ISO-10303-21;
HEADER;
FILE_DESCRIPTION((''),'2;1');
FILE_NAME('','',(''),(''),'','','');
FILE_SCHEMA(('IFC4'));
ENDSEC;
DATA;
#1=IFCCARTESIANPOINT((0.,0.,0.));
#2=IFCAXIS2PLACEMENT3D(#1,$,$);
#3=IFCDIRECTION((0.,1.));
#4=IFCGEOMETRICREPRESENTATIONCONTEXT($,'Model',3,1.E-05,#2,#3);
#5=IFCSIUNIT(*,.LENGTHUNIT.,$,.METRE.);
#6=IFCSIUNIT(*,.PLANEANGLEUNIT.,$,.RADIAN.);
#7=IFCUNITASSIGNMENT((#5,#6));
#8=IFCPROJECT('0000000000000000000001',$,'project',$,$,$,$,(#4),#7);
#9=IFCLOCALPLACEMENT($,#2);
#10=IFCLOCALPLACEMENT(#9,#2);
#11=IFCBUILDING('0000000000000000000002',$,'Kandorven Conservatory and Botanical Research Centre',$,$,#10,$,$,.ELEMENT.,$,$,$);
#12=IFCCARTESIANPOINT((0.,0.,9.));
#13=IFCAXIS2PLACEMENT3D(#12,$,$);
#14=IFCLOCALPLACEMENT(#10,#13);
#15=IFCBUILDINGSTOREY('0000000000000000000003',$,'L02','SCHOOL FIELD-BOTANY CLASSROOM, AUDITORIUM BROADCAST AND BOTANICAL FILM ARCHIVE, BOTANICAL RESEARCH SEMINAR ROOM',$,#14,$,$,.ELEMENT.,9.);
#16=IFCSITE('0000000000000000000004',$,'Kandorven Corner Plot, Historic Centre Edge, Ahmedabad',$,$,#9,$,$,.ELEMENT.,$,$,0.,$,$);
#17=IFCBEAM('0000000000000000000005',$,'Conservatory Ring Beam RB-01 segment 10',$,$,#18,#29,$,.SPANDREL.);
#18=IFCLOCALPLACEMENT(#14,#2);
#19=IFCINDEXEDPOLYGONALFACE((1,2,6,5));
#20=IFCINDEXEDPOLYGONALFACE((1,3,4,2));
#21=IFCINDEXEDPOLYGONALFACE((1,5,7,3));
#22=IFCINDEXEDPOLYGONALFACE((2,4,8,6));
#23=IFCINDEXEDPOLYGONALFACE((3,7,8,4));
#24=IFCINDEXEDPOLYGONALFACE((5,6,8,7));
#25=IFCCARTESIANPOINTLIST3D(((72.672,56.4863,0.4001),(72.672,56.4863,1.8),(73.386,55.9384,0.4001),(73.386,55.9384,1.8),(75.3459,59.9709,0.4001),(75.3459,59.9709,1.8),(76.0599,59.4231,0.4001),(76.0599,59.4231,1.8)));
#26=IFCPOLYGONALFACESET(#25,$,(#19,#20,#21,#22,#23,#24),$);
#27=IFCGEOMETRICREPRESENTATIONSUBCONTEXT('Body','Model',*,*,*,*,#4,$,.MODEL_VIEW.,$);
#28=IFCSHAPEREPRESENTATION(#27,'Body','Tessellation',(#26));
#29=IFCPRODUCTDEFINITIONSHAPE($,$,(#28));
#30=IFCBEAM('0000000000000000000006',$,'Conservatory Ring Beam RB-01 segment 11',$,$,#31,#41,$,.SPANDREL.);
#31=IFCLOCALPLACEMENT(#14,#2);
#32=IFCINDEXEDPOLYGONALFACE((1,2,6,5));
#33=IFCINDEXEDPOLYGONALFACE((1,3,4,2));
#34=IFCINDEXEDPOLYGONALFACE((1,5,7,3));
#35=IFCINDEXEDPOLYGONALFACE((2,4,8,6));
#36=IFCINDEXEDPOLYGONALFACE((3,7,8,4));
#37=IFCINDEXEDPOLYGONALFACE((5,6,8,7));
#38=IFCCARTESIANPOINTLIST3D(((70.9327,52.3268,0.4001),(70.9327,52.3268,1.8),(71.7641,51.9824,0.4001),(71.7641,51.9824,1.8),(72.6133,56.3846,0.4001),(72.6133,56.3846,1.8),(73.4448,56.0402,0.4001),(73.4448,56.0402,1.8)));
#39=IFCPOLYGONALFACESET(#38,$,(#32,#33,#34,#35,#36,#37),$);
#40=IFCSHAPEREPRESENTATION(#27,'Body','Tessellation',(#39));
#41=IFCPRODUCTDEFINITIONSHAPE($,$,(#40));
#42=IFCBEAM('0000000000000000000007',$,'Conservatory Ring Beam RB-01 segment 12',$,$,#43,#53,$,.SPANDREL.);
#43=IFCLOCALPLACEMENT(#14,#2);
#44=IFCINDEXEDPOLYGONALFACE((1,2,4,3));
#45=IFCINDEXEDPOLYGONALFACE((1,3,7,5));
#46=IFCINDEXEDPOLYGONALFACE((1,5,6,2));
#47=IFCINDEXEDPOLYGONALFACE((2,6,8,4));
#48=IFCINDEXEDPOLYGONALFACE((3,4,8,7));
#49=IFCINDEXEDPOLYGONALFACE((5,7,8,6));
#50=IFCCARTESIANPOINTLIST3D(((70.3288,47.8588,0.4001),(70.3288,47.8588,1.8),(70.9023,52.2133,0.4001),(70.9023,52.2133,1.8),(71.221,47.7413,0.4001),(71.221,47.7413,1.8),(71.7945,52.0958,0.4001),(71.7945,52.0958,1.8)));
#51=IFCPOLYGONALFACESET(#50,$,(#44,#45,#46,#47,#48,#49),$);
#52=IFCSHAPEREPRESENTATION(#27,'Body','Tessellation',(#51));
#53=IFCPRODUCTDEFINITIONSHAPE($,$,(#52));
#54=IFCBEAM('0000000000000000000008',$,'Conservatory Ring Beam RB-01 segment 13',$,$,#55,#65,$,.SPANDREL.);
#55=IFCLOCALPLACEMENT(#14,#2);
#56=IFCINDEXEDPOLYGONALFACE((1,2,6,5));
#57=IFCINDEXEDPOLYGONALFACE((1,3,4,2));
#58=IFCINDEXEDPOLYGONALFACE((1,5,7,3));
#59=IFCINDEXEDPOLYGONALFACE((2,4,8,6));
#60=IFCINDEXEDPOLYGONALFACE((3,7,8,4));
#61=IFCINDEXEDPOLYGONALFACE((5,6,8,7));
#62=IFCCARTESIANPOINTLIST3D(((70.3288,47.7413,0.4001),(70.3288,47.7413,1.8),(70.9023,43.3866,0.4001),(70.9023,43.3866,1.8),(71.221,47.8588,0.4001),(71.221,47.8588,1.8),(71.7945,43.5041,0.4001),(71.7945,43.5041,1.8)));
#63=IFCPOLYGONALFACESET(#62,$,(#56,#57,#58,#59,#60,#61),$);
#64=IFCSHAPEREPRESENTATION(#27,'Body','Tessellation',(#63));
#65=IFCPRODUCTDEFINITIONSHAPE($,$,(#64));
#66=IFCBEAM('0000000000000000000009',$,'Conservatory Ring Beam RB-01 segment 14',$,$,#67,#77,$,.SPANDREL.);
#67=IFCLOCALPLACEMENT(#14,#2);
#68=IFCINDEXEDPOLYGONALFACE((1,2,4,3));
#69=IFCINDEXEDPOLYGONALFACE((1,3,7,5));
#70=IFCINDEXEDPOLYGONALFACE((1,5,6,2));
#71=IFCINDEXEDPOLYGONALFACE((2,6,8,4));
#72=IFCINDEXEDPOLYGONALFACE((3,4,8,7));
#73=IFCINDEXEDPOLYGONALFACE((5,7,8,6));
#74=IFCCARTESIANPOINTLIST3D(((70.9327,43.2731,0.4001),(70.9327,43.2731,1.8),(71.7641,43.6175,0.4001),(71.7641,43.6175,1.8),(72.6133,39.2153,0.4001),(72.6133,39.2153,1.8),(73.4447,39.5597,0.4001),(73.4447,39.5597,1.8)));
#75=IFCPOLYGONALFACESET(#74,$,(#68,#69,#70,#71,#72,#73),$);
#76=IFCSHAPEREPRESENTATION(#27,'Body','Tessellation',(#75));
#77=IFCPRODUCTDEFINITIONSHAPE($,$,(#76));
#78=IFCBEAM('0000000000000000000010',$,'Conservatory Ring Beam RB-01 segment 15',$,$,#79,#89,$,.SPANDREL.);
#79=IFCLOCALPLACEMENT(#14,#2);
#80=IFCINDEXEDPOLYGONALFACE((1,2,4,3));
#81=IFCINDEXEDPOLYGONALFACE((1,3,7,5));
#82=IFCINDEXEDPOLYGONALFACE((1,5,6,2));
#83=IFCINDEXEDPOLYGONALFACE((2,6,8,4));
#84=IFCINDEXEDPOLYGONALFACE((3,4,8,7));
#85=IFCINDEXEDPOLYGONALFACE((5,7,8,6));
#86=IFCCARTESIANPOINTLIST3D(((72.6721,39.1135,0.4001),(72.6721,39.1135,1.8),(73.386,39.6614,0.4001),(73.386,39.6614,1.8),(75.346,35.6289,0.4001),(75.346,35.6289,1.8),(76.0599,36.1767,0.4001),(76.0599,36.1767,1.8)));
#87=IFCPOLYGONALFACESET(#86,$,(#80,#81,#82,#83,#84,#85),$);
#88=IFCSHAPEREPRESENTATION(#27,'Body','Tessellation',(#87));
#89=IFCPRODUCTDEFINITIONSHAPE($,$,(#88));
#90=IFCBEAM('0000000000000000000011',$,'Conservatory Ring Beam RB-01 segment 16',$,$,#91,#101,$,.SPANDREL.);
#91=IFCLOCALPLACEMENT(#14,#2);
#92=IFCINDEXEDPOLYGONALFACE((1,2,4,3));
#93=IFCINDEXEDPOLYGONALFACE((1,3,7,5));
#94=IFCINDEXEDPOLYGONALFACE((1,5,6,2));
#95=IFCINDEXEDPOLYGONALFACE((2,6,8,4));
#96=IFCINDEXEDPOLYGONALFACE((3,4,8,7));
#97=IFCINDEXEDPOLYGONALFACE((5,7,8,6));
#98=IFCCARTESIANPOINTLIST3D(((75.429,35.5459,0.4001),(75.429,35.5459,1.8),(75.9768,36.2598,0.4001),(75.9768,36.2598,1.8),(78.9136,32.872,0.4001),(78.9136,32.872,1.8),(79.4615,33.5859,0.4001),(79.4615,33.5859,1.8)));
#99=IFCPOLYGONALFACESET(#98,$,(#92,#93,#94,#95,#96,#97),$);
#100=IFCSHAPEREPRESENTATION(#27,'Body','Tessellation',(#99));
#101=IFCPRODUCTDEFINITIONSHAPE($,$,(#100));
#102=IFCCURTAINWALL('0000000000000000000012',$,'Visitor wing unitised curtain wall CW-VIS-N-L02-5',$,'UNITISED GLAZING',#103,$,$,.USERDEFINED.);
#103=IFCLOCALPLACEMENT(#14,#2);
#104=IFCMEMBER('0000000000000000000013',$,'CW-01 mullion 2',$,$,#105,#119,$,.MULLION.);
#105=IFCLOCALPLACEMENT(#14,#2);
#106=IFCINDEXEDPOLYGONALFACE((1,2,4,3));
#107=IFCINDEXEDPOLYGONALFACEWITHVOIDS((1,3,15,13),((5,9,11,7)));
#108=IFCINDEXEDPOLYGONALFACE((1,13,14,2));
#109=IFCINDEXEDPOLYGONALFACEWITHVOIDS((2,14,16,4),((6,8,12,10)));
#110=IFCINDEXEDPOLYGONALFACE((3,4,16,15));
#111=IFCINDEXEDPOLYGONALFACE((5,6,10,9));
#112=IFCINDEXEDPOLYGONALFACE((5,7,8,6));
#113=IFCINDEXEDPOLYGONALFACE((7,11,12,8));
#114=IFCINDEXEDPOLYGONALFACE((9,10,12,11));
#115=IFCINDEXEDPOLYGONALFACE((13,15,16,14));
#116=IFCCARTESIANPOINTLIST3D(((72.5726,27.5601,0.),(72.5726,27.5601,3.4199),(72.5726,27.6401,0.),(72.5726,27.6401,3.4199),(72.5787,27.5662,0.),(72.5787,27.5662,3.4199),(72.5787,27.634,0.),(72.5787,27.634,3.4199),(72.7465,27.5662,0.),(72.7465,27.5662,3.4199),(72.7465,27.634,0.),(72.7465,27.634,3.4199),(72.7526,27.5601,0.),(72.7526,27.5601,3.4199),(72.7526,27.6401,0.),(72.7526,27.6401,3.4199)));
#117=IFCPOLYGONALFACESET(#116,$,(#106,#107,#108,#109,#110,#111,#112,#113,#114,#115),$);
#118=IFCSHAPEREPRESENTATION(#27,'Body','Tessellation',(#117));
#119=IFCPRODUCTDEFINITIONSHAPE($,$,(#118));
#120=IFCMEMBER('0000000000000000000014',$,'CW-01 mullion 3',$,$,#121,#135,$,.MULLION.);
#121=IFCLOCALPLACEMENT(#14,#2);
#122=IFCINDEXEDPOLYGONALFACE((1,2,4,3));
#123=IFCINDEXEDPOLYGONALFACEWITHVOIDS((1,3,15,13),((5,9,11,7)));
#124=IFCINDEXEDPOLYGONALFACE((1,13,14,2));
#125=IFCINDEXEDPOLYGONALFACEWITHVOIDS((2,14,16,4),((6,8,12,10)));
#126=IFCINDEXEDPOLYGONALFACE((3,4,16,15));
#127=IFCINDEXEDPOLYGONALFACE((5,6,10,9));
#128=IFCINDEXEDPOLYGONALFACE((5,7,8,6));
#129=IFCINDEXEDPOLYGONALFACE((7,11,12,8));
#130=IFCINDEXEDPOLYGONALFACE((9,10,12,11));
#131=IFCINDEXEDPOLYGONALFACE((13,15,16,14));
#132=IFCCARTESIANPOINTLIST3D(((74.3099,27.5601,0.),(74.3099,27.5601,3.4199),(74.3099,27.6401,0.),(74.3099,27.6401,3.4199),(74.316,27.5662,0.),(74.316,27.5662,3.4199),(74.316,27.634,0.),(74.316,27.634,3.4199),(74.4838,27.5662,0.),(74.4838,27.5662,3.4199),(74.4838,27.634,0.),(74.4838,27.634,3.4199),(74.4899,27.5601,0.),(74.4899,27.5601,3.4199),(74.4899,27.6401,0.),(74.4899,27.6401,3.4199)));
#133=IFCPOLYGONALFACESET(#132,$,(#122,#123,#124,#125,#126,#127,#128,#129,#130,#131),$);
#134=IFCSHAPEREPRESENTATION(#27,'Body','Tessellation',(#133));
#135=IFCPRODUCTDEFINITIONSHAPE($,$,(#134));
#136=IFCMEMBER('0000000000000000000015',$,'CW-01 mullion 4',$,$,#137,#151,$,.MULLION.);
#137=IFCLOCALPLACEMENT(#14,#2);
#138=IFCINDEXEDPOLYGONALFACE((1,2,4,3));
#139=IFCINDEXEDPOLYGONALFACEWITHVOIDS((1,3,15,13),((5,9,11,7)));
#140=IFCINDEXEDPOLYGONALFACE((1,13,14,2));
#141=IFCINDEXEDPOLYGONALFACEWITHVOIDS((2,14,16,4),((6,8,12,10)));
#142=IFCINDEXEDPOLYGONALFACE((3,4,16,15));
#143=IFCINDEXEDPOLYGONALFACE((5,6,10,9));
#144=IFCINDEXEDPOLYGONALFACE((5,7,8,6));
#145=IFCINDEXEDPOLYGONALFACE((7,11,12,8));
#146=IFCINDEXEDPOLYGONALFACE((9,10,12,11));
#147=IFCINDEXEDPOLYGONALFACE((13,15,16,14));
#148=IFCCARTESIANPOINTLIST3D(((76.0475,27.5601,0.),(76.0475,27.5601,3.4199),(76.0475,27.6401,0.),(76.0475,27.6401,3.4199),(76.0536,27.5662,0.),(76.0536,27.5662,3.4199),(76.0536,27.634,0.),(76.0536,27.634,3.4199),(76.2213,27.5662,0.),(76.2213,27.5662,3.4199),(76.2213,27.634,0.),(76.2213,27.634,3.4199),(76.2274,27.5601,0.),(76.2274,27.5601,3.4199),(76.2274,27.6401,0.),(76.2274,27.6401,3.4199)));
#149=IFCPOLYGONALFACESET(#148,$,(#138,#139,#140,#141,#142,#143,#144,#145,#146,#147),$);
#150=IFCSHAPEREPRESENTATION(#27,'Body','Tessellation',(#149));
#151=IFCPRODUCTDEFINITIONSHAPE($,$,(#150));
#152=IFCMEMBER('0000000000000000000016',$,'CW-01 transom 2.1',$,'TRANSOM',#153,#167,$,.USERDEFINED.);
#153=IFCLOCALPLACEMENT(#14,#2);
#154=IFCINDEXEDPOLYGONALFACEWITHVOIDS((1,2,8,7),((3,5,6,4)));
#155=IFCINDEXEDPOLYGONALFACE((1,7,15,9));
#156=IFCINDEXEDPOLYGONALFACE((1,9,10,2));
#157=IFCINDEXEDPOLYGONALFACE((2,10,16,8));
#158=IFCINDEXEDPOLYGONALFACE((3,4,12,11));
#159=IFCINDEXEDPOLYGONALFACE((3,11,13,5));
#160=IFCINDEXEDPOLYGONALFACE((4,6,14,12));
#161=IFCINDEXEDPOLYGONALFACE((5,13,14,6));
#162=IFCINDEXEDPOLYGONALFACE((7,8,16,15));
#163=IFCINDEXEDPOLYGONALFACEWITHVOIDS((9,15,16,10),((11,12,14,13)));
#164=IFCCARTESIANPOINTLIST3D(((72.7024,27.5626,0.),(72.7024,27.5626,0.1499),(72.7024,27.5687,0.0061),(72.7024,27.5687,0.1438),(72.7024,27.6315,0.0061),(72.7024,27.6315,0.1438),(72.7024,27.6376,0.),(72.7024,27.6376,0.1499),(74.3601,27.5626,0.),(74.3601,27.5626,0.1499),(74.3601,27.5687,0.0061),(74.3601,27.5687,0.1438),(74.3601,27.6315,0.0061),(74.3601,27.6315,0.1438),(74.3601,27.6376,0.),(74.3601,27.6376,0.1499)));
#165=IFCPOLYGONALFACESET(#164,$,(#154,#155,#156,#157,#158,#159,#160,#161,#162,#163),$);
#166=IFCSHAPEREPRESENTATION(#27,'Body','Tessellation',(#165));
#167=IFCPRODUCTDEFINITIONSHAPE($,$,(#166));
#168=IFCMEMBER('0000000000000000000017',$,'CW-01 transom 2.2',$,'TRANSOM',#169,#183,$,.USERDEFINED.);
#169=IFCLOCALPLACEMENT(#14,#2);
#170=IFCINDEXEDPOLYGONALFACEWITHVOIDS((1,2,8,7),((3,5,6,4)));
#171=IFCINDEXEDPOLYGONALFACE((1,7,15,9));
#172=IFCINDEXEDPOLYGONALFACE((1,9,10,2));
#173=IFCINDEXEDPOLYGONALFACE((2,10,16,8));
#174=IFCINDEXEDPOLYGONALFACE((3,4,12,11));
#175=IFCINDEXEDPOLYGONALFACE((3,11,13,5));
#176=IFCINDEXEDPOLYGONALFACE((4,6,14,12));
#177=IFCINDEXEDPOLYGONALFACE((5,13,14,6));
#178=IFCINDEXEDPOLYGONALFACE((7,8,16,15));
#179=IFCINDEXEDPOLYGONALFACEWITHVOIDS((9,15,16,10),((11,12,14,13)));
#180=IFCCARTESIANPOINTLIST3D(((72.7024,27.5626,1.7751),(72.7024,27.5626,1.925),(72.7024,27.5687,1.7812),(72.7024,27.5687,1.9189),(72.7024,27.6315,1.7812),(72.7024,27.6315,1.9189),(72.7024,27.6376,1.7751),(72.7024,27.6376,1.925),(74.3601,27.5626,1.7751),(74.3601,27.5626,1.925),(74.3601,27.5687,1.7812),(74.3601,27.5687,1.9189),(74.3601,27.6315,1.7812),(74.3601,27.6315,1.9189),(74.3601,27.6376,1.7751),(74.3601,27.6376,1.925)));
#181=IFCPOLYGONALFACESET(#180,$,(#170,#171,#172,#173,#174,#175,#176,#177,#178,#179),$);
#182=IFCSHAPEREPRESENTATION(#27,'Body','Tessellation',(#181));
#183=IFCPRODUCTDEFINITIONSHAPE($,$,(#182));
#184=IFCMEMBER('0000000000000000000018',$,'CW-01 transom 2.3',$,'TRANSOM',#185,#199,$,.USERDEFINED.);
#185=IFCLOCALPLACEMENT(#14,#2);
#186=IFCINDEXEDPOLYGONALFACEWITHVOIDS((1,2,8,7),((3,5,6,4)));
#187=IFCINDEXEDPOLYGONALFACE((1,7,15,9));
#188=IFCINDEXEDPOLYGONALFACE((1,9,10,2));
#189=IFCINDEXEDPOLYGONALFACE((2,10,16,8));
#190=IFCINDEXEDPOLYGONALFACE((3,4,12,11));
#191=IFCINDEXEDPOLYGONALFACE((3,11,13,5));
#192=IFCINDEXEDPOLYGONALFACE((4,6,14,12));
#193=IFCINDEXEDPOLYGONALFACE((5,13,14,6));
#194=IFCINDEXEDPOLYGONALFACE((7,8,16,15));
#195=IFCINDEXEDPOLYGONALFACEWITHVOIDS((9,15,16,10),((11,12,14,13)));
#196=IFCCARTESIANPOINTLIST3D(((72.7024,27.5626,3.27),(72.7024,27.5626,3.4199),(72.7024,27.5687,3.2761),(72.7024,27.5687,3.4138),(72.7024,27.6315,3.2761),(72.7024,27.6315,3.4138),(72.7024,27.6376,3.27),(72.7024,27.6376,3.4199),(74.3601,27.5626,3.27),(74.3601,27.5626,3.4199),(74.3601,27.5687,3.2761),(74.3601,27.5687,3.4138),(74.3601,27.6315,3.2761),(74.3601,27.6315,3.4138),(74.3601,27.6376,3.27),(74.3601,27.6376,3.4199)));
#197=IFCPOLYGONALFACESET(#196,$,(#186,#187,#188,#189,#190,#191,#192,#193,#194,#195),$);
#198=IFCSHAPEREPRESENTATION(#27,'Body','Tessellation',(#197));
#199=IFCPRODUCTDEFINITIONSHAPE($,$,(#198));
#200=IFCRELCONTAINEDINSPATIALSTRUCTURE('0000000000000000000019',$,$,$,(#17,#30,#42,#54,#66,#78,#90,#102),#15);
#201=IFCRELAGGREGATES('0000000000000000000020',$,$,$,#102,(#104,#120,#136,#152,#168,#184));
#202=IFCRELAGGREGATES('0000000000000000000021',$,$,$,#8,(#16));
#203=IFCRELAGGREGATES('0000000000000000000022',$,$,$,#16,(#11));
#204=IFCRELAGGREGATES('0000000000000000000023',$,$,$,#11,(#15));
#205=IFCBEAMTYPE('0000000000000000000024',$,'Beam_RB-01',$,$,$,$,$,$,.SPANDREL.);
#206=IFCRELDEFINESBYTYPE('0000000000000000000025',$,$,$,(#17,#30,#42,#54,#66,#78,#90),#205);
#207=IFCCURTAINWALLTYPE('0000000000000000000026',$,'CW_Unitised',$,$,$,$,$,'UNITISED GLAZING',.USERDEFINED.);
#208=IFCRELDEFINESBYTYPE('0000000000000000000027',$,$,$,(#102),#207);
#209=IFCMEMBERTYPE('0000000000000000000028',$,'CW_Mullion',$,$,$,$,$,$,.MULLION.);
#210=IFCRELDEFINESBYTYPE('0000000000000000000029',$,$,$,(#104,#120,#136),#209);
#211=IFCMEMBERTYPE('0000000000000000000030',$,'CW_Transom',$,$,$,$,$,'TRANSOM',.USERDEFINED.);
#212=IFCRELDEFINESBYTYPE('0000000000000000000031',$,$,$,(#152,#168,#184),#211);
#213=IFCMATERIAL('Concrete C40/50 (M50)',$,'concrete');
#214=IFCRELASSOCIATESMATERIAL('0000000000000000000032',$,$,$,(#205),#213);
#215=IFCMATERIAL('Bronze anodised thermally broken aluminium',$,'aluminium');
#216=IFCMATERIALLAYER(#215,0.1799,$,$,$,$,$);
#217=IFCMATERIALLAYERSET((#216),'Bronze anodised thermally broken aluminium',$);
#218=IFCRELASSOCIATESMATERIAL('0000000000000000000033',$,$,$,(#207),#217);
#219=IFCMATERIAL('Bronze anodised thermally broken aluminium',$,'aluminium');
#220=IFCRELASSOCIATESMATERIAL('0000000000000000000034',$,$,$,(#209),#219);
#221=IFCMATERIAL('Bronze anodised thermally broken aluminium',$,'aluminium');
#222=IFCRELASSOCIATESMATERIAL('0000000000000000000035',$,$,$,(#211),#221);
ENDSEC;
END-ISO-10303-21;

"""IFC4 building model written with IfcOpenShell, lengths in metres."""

from ifc_helpers import new_model, si_unit, direction, frame, origin, origin_2d, place, context, subcontext, project, spatial, rectangle, hollow_rectangle, extrude, material, layer, layer_set, material_profile, profile_set, type_object, element, aggregate, save


model = new_model("IFC4")

# Units and contexts
model_context = context("Model", 3, precision=1e-05, world=origin(), true_north=direction((0.0, 1.0)))
body_context = subcontext(model_context, "Body", "Model", "MODEL_VIEW")
ifc_project = project(units=[si_unit("LENGTHUNIT", "METRE"), si_unit("PLANEANGLEUNIT", "RADIAN")], contexts=[model_context])

# Site, building, storey
site_placement = place(None, origin())
site = spatial("IfcSite", under=ifc_project, at=site_placement, Name="Kandorven Corner Plot, Historic Centre Edge, Ahmedabad", CompositionType="ELEMENT", RefElevation=0.0)
building_placement = place(site_placement, origin())
building = spatial("IfcBuilding", under=site, at=building_placement, Name="Kandorven Conservatory and Botanical Research Centre", CompositionType="ELEMENT")
storey_placement = place(building_placement, frame((0.0, 0.0, 9.0)))
storey = spatial("IfcBuildingStorey", under=building, at=storey_placement, Name="L02", Description="SCHOOL FIELD-BOTANY CLASSROOM, AUDITORIUM BROADCAST AND BOTANICAL FILM ARCHIVE, BOTANICAL RESEARCH SEMINAR ROOM", CompositionType="ELEMENT", Elevation=9.0)

# Beams
ifc_material_1 = material(Name="Concrete C40/50 (M50)", Category="concrete")
ifc_material_profile_1 = material_profile(ifc_material_1, rectangle(XDim=0.8999, YDim=1.3999, at=origin_2d()))
ifc_profile_set_1 = profile_set([ifc_material_profile_1], Name="Concrete C40/50 (M50)")
beam_type = type_object("IfcBeamType", Name="Beam_RB-01", PredefinedType="SPANDREL", material=ifc_profile_set_1)
beam_1_placement = place(storey_placement, frame((75.7029, 59.697, 1.1001), z_axis=(-0.608759, -0.793355, 0.0), x_axis=(0.793355, -0.608759, 0.0)))
element("IfcBeam", 1, at=beam_1_placement, inside=storey, type_object=beam_type, Name="Conservatory Ring Beam RB-01 segment 10", PredefinedType="SPANDREL", context=body_context, shape_type="SweptSolid", body=[
    extrude(rectangle(XDim=0.8999, YDim=1.3999, at=origin_2d()), origin(), (0.0, 0.0, 1.0), 4.3923),
])
for number, where, z_axis, x_axis, name in (
    (2, (73.0291, 56.2124, 1.1001), (-0.382653, -0.923892, 0.0), (0.923892, -0.382653, 0.0), "Conservatory Ring Beam RB-01 segment 11"),
    (3, (71.3484, 52.1545, 1.1001), (-0.130572, -0.991439, 0.0), (0.991439, -0.130572, 0.0), "Conservatory Ring Beam RB-01 segment 12"),
):
    element("IfcBeam", number, at=place(storey_placement, frame(where, z_axis=z_axis, x_axis=x_axis)), inside=storey, type_object=beam_type, Name=name, PredefinedType="SPANDREL", context=body_context, shape_type="SweptSolid", body=[
        extrude(rectangle(XDim=0.8999, YDim=1.3999, at=origin_2d()), origin(), (0.0, 0.0, 1.0), 4.3921),
    ])
beam_2_placement = place(storey_placement, frame((70.7749, 47.8, 1.1001), z_axis=(0.130565, -0.99144, 0.0), x_axis=(0.99144, 0.130565, 0.0)))
element("IfcBeam", 4, at=beam_2_placement, inside=storey, type_object=beam_type, Name="Conservatory Ring Beam RB-01 segment 13", PredefinedType="SPANDREL", context=body_context, shape_type="SweptSolid", body=[
    extrude(rectangle(XDim=0.8999, YDim=1.3999, at=origin_2d()), origin(), (0.0, 0.0, 1.0), 4.3923),
])
beam_3_placement = place(storey_placement, frame((71.3484, 43.4453, 1.1001), z_axis=(0.382653, -0.923892, 0.0), x_axis=(0.923892, 0.382653, 0.0)))
element("IfcBeam", 5, at=beam_3_placement, inside=storey, type_object=beam_type, Name="Conservatory Ring Beam RB-01 segment 14", PredefinedType="SPANDREL", context=body_context, shape_type="SweptSolid", body=[
    extrude(rectangle(XDim=0.8999, YDim=1.3999, at=origin_2d()), origin(), (0.0, 0.0, 1.0), 4.3921),
])
for number, where, z_axis, x_axis, name in (
    (6, (73.0291, 39.3875, 1.1001), (0.608759, -0.793355, 0.0), (0.793355, 0.608759, 0.0), "Conservatory Ring Beam RB-01 segment 15"),
    (7, (75.7029, 35.9028, 1.1001), (0.793355, -0.608759, 0.0), (0.608759, 0.793355, 0.0), "Conservatory Ring Beam RB-01 segment 16"),
):
    element("IfcBeam", number, at=place(storey_placement, frame(where, z_axis=z_axis, x_axis=x_axis)), inside=storey, type_object=beam_type, Name=name, PredefinedType="SPANDREL", context=body_context, shape_type="SweptSolid", body=[
        extrude(rectangle(XDim=0.8999, YDim=1.3999, at=origin_2d()), origin(), (0.0, 0.0, 1.0), 4.3923),
    ])

# Curtain wall, members
ifc_material_2 = material(Name="Bronze anodised thermally broken aluminium", Category="aluminium")
ifc_layer_1 = layer(ifc_material_2, 0.1799)
ifc_layer_set_1 = layer_set([ifc_layer_1], Name="Bronze anodised thermally broken aluminium")
curtain_wall_type = type_object("IfcCurtainWallType", Name="CW_Unitised", ElementType="UNITISED GLAZING", PredefinedType="USERDEFINED", material=ifc_layer_set_1)
curtain_wall_placement = place(storey_placement, origin())
curtain_wall = element("IfcCurtainWall", 8, at=curtain_wall_placement, inside=storey, type_object=curtain_wall_type, Name="Visitor wing unitised curtain wall CW-VIS-N-L02-5", ObjectType="UNITISED GLAZING", PredefinedType="USERDEFINED")
ifc_material_3 = material(Name="Bronze anodised thermally broken aluminium", Category="aluminium")
ifc_material_profile_2 = material_profile(ifc_material_3, hollow_rectangle(XDim=0.0801, YDim=0.1799, WallThickness=0.0061, at=origin_2d()))
ifc_profile_set_2 = profile_set([ifc_material_profile_2], Name="Bronze anodised thermally broken aluminium")
member_type_1 = type_object("IfcMemberType", Name="CW_Mullion", PredefinedType="MULLION", material=ifc_profile_set_2)
member_1_placement = place(storey_placement, frame((72.6626, 27.6001, 0.0), z_axis=(0.0, 0.0, 1.0), x_axis=(0.0, 1.0, 0.0)))
member_1 = element("IfcMember", 9, at=member_1_placement, type_object=member_type_1, Name="CW-01 mullion 2", PredefinedType="MULLION", context=body_context, shape_type="SweptSolid", body=[
    extrude(hollow_rectangle(XDim=0.0801, YDim=0.1799, WallThickness=0.0061, at=origin_2d()), origin(), (0.0, 0.0, 1.0), 3.4199),
])
member_2_placement = place(storey_placement, frame((74.3999, 27.6001, 0.0), z_axis=(0.0, 0.0, 1.0), x_axis=(0.0, 1.0, 0.0)))
member_2 = element("IfcMember", 10, at=member_2_placement, type_object=member_type_1, Name="CW-01 mullion 3", PredefinedType="MULLION", context=body_context, shape_type="SweptSolid", body=[
    extrude(hollow_rectangle(XDim=0.0801, YDim=0.1799, WallThickness=0.0061, at=origin_2d()), origin(), (0.0, 0.0, 1.0), 3.4199),
])
member_3_placement = place(storey_placement, frame((76.1375, 27.6001, 0.0), z_axis=(0.0, 0.0, 1.0), x_axis=(0.0, 1.0, 0.0)))
member_3 = element("IfcMember", 11, at=member_3_placement, type_object=member_type_1, Name="CW-01 mullion 4", PredefinedType="MULLION", context=body_context, shape_type="SweptSolid", body=[
    extrude(hollow_rectangle(XDim=0.0801, YDim=0.1799, WallThickness=0.0061, at=origin_2d()), origin(), (0.0, 0.0, 1.0), 3.4199),
])
ifc_material_4 = material(Name="Bronze anodised thermally broken aluminium", Category="aluminium")
ifc_material_profile_3 = material_profile(ifc_material_4, hollow_rectangle(XDim=0.075, YDim=0.1499, WallThickness=0.0061, at=origin_2d()))
ifc_profile_set_3 = profile_set([ifc_material_profile_3], Name="Bronze anodised thermally broken aluminium")
member_type_2 = type_object("IfcMemberType", Name="CW_Transom", ElementType="TRANSOM", PredefinedType="USERDEFINED", material=ifc_profile_set_3)
member_4_placement = place(storey_placement, frame((72.7024, 27.6001, 0.075), z_axis=(1.0, 0.0, 0.0), x_axis=(0.0, 1.0, 0.0)))
member_4 = element("IfcMember", 12, at=member_4_placement, type_object=member_type_2, Name="CW-01 transom 2.1", ObjectType="TRANSOM", PredefinedType="USERDEFINED", context=body_context, shape_type="SweptSolid", body=[
    extrude(hollow_rectangle(XDim=0.075, YDim=0.1499, WallThickness=0.0061, at=origin_2d()), origin(), (0.0, 0.0, 1.0), 1.6577),
])
member_5_placement = place(storey_placement, frame((72.7024, 27.6001, 1.8501), z_axis=(1.0, 0.0, 0.0), x_axis=(0.0, 1.0, 0.0)))
member_5 = element("IfcMember", 13, at=member_5_placement, type_object=member_type_2, Name="CW-01 transom 2.2", ObjectType="TRANSOM", PredefinedType="USERDEFINED", context=body_context, shape_type="SweptSolid", body=[
    extrude(hollow_rectangle(XDim=0.075, YDim=0.1499, WallThickness=0.0061, at=origin_2d()), origin(), (0.0, 0.0, 1.0), 1.6577),
])
member_6_placement = place(storey_placement, frame((72.7024, 27.6001, 3.345), z_axis=(1.0, 0.0, 0.0), x_axis=(0.0, 1.0, 0.0)))
member_6 = element("IfcMember", 14, at=member_6_placement, type_object=member_type_2, Name="CW-01 transom 2.3", ObjectType="TRANSOM", PredefinedType="USERDEFINED", context=body_context, shape_type="SweptSolid", body=[
    extrude(hollow_rectangle(XDim=0.075, YDim=0.1499, WallThickness=0.0061, at=origin_2d()), origin(), (0.0, 0.0, 1.0), 1.6577),
])
aggregate(curtain_wall, [member_1, member_2, member_3, member_4, member_5, member_6])

save(model, "model.ifc")
